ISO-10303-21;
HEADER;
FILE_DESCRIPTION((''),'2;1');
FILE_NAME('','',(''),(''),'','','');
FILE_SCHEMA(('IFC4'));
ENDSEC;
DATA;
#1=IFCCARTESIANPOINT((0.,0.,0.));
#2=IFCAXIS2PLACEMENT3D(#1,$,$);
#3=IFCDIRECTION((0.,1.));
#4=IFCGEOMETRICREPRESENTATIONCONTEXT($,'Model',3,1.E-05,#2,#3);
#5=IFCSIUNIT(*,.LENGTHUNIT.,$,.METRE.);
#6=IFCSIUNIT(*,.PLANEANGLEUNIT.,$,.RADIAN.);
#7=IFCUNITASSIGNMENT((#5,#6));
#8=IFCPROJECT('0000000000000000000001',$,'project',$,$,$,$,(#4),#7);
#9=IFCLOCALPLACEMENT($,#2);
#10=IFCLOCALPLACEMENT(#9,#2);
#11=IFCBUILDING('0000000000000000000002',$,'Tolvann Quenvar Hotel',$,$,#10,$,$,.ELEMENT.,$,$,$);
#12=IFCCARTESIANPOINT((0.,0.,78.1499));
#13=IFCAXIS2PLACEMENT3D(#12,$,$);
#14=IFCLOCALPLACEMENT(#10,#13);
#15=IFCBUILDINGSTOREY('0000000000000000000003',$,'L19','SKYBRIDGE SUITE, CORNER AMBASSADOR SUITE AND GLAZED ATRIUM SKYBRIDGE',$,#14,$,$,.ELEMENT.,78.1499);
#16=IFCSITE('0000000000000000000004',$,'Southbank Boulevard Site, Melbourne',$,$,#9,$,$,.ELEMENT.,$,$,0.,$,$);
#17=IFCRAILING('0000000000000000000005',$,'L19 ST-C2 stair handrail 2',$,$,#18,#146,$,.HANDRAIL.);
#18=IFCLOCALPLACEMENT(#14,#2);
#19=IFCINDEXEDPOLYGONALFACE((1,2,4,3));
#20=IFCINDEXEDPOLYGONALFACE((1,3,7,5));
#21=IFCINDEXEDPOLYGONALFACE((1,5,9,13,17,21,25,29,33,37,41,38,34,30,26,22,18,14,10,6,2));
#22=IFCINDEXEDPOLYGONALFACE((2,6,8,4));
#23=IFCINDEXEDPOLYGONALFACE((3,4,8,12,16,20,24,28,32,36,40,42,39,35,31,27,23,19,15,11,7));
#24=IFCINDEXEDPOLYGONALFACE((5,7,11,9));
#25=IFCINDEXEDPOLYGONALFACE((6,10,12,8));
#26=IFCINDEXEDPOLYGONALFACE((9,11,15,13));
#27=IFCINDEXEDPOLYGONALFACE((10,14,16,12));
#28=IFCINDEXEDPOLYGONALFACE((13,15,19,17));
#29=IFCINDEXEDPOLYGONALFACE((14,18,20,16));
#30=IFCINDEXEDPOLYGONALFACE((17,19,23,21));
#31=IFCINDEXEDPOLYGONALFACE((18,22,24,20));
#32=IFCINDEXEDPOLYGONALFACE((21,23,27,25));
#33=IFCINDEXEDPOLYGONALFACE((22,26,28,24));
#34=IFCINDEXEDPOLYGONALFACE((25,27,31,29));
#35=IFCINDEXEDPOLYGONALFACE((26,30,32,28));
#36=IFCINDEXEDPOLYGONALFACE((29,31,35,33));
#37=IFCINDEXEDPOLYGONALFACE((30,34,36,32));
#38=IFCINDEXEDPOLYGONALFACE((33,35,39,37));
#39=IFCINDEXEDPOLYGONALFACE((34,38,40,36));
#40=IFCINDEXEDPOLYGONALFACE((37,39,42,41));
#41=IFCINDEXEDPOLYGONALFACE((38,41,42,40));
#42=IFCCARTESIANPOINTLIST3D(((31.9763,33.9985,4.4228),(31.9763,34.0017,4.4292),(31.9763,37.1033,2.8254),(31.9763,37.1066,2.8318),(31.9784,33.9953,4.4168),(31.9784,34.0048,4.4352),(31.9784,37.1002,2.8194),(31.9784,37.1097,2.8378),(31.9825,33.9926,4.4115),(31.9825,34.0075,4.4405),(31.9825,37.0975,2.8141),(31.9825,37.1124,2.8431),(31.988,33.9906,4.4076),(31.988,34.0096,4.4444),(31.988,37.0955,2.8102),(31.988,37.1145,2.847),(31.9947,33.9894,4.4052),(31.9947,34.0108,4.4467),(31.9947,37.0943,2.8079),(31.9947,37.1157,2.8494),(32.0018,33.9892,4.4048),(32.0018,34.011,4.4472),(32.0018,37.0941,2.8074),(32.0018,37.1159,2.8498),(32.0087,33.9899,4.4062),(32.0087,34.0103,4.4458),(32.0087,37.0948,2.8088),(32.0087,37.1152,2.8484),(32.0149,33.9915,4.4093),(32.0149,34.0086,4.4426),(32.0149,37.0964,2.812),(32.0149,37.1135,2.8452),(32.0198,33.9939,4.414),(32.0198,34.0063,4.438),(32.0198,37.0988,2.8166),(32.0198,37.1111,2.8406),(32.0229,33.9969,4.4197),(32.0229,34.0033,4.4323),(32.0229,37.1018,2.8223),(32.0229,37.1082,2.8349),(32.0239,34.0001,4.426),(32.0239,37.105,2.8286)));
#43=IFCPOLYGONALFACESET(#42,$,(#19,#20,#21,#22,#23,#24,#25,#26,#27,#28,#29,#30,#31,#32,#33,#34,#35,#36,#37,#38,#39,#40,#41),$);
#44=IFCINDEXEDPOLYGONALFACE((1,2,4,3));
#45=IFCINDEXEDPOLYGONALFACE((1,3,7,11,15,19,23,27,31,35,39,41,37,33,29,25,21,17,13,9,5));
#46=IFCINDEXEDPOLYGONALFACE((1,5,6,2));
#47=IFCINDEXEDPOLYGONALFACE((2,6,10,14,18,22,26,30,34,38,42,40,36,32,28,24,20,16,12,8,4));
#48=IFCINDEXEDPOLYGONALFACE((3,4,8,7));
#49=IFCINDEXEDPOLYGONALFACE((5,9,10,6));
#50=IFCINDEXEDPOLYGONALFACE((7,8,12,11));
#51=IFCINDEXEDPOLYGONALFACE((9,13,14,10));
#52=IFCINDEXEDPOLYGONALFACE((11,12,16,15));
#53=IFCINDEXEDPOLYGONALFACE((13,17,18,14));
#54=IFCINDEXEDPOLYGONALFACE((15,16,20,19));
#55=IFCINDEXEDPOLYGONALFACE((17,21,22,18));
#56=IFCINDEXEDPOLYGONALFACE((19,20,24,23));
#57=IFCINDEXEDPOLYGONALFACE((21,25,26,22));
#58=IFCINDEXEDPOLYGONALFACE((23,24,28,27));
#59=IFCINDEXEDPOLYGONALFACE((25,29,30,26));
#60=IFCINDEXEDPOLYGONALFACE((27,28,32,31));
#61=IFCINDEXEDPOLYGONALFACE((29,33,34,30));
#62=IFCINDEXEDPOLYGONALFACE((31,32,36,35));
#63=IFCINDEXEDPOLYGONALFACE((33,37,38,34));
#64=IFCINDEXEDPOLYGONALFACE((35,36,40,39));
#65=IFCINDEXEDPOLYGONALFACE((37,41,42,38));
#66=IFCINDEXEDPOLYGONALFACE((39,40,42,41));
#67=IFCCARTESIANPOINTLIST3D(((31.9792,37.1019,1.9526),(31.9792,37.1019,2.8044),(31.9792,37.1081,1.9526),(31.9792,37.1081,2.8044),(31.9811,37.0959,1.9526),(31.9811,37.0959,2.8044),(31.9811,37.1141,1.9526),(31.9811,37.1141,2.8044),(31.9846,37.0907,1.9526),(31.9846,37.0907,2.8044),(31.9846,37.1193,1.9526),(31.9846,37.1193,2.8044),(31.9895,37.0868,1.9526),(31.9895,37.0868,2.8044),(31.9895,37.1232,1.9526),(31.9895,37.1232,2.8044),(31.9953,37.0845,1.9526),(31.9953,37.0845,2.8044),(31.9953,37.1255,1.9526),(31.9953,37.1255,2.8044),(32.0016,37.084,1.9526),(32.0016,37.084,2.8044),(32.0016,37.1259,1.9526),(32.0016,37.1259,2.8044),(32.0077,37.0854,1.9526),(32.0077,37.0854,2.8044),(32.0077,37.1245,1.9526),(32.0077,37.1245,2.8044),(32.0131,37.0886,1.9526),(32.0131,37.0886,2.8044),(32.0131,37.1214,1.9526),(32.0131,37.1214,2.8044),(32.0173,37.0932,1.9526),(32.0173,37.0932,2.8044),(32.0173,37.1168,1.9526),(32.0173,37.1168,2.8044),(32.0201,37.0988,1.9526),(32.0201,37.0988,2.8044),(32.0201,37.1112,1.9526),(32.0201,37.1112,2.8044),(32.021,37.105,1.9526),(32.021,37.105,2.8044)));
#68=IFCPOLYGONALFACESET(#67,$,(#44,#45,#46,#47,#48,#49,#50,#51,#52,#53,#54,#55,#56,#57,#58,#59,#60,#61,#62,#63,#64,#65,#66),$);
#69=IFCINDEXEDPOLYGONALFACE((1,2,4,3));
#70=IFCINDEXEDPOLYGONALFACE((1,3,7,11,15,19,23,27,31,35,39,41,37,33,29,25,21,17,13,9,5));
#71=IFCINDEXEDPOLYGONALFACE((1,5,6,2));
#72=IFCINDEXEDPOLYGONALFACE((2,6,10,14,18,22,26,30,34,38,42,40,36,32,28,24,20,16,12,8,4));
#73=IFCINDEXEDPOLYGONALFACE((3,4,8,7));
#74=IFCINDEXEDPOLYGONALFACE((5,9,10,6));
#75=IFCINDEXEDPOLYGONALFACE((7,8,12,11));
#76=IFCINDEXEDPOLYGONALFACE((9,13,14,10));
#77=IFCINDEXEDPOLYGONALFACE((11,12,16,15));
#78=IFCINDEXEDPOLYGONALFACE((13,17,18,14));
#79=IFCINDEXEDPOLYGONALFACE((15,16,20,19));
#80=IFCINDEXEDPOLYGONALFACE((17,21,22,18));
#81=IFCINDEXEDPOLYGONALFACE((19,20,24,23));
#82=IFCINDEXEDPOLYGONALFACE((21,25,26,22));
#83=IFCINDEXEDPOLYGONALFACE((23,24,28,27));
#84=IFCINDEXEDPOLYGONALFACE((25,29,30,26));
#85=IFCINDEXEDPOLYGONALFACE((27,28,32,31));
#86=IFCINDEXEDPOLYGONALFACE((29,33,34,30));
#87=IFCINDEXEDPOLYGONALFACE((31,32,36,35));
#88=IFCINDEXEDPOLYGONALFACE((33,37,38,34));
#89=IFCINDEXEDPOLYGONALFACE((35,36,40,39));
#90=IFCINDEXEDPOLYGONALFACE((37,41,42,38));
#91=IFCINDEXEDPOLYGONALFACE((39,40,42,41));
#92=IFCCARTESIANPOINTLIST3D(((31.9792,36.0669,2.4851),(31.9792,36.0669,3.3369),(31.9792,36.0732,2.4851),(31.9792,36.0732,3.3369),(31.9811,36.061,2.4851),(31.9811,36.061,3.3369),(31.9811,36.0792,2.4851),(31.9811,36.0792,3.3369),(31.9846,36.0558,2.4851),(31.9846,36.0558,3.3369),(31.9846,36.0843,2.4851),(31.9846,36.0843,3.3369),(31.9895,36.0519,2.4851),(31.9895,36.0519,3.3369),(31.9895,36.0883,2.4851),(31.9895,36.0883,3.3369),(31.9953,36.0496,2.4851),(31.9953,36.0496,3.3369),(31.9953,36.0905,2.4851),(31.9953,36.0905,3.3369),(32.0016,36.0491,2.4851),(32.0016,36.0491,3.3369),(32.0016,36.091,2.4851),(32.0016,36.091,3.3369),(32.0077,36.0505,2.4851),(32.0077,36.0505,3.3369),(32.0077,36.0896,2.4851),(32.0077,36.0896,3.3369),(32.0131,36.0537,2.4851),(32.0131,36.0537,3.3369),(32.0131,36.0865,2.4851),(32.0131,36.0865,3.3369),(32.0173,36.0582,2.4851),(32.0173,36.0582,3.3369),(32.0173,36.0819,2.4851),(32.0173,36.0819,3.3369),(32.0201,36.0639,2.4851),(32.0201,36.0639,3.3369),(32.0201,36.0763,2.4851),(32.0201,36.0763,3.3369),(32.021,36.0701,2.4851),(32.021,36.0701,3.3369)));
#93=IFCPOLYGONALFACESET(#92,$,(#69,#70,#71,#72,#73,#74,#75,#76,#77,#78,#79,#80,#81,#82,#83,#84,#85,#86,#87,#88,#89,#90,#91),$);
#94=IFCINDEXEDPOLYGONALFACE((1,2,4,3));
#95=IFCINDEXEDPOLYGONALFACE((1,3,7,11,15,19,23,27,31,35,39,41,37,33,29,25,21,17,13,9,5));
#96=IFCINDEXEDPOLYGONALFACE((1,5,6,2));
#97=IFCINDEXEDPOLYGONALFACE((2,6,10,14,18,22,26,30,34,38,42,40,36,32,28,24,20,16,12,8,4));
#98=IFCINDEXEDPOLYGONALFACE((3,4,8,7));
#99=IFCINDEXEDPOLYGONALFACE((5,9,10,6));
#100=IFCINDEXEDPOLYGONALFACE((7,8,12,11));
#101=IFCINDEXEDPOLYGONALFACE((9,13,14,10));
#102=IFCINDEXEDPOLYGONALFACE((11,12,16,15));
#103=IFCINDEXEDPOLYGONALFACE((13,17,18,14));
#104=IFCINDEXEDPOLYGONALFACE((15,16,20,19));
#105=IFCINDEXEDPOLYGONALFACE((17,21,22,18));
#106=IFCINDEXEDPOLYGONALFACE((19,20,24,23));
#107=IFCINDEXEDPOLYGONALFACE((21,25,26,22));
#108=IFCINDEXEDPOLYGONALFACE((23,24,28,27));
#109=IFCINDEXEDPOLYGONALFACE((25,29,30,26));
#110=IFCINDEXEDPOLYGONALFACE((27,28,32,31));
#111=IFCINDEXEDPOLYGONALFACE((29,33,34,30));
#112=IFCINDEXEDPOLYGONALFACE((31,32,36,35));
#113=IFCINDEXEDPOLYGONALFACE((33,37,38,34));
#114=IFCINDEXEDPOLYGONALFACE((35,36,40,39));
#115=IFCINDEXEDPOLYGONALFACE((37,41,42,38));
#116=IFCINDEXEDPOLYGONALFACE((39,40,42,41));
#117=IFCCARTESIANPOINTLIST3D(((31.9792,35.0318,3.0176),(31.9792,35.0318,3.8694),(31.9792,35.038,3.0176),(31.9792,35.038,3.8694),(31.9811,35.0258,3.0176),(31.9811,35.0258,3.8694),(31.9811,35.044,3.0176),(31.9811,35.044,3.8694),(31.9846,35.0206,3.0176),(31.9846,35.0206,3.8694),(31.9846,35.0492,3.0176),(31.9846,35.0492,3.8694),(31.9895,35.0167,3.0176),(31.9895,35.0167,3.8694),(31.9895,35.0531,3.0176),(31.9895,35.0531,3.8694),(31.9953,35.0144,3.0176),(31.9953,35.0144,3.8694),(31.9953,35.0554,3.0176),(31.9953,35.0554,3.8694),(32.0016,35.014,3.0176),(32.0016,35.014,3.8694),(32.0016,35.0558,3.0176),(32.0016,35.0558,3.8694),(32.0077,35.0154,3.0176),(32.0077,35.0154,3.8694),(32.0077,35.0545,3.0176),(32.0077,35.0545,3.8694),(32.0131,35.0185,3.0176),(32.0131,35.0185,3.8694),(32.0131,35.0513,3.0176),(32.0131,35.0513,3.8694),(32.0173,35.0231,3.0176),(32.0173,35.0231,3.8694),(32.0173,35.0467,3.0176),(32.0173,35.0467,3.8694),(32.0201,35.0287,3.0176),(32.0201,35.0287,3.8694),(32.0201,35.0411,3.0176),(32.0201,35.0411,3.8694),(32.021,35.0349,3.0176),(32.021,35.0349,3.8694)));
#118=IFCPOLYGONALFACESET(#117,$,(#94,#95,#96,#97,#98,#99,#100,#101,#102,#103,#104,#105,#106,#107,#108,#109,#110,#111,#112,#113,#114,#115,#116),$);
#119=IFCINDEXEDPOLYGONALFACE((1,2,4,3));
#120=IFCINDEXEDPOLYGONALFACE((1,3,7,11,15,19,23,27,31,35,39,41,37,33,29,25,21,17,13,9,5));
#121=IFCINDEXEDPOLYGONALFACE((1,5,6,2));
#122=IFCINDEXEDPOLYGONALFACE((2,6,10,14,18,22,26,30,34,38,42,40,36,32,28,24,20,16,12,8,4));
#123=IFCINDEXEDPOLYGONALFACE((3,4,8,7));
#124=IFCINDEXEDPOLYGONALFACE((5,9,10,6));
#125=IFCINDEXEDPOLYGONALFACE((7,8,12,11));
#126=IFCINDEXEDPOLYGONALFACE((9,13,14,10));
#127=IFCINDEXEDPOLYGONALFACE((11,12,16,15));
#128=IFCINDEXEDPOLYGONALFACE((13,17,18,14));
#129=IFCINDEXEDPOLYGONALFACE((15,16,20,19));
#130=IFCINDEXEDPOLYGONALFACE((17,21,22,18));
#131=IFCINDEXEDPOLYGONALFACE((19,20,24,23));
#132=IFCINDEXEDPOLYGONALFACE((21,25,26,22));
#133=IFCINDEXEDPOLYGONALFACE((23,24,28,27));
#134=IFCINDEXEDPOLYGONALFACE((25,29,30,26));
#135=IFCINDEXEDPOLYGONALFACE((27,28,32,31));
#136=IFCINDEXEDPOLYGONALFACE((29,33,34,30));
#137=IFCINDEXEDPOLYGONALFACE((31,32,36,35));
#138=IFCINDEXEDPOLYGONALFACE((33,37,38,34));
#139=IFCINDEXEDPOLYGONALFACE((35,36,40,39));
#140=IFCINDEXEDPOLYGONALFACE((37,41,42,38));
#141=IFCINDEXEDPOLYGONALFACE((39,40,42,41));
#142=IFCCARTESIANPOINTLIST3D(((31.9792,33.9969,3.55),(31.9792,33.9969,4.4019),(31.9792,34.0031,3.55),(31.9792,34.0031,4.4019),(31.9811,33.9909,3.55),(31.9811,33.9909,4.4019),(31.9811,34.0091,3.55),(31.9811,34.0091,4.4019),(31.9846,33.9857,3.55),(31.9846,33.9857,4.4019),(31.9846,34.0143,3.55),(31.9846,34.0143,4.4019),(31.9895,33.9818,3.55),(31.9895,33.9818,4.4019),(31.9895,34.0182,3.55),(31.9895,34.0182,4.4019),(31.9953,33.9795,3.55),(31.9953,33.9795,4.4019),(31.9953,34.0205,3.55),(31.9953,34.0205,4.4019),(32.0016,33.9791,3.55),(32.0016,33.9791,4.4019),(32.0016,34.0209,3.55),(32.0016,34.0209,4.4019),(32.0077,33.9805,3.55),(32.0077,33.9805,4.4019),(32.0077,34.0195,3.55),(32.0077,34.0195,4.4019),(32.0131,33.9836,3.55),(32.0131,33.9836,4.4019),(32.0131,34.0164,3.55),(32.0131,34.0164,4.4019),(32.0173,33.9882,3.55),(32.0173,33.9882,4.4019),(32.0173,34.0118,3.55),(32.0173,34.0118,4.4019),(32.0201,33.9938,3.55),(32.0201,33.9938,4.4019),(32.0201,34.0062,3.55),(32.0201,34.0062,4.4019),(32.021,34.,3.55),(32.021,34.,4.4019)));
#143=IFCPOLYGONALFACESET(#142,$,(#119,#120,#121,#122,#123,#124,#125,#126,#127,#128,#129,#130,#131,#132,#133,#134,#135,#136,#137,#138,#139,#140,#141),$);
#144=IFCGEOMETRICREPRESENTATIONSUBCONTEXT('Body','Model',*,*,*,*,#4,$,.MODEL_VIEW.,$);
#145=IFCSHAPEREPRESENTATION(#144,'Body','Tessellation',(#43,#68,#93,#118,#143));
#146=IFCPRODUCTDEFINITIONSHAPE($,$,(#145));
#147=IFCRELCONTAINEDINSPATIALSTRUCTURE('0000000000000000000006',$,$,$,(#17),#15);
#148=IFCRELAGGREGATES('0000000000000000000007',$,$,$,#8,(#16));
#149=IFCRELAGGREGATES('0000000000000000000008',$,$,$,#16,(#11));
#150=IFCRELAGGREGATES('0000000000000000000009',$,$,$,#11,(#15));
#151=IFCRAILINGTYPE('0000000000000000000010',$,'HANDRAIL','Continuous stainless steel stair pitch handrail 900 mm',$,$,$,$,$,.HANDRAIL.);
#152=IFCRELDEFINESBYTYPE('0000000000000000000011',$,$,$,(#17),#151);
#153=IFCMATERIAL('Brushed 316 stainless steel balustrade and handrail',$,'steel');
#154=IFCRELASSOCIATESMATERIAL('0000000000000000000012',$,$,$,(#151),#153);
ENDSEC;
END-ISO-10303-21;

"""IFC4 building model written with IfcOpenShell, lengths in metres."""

from ifc_helpers import new_model, si_unit, direction, frame, origin, origin_2d, place, context, subcontext, project, spatial, circle, extrude, material, type_object, element, save


model = new_model("IFC4")

# Units and contexts
model_context = context("Model", 3, precision=1e-05, world=origin(), true_north=direction((0.0, 1.0)))
body_context = subcontext(model_context, "Body", "Model", "MODEL_VIEW")
ifc_project = project(units=[si_unit("LENGTHUNIT", "METRE"), si_unit("PLANEANGLEUNIT", "RADIAN")], contexts=[model_context])

# Site, building, storey
site_placement = place(None, origin())
site = spatial("IfcSite", under=ifc_project, at=site_placement, Name="Southbank Boulevard Site, Melbourne", CompositionType="ELEMENT", RefElevation=0.0)
building_placement = place(site_placement, origin())
building = spatial("IfcBuilding", under=site, at=building_placement, Name="Tolvann Quenvar Hotel", CompositionType="ELEMENT")
storey_placement = place(building_placement, frame((0.0, 0.0, 78.1499)))
storey = spatial("IfcBuildingStorey", under=building, at=storey_placement, Name="L19", Description="SKYBRIDGE SUITE, CORNER AMBASSADOR SUITE AND GLAZED ATRIUM SKYBRIDGE", CompositionType="ELEMENT", Elevation=78.1499)

# Railing
ifc_material_1 = material(Name="Brushed 316 stainless steel balustrade and handrail", Category="steel")
railing_type_1 = type_object("IfcRailingType", Name="HANDRAIL", Description="Continuous stainless steel stair pitch handrail 900 mm", PredefinedType="HANDRAIL", material=ifc_material_1)
railing_1_placement = place(storey_placement, frame((32.0, 37.105, 1.9526)))
element("IfcRailing", 1, at=railing_1_placement, inside=storey, type_object=railing_type_1, Name="L19 ST-C2 stair handrail 2", PredefinedType="HANDRAIL", context=body_context, shape_type="SweptSolid", body=[
    extrude(circle(Radius=0.0239, at=origin_2d()), frame((0.0, 0.0, 0.876), z_axis=(0.0, -0.889222, 0.457476), x_axis=(1.0, 0.0, 0.0)), (0.0, 0.0, 1.0), 3.4917),
    extrude(circle(Radius=0.021, at=origin_2d()), origin(), (0.0, 0.0, 1.0), 0.8518),
    extrude(circle(Radius=0.021, at=origin_2d()), frame((0.0, -1.0349, 0.5325)), (0.0, 0.0, 1.0), 0.8518),
    extrude(circle(Radius=0.021, at=origin_2d()), frame((0.0, -2.0701, 1.0649)), (0.0, 0.0, 1.0), 0.8518),
    extrude(circle(Radius=0.021, at=origin_2d()), frame((0.0, -3.105, 1.5974)), (0.0, 0.0, 1.0), 0.8518),
])

save(model, "model.ifc")
